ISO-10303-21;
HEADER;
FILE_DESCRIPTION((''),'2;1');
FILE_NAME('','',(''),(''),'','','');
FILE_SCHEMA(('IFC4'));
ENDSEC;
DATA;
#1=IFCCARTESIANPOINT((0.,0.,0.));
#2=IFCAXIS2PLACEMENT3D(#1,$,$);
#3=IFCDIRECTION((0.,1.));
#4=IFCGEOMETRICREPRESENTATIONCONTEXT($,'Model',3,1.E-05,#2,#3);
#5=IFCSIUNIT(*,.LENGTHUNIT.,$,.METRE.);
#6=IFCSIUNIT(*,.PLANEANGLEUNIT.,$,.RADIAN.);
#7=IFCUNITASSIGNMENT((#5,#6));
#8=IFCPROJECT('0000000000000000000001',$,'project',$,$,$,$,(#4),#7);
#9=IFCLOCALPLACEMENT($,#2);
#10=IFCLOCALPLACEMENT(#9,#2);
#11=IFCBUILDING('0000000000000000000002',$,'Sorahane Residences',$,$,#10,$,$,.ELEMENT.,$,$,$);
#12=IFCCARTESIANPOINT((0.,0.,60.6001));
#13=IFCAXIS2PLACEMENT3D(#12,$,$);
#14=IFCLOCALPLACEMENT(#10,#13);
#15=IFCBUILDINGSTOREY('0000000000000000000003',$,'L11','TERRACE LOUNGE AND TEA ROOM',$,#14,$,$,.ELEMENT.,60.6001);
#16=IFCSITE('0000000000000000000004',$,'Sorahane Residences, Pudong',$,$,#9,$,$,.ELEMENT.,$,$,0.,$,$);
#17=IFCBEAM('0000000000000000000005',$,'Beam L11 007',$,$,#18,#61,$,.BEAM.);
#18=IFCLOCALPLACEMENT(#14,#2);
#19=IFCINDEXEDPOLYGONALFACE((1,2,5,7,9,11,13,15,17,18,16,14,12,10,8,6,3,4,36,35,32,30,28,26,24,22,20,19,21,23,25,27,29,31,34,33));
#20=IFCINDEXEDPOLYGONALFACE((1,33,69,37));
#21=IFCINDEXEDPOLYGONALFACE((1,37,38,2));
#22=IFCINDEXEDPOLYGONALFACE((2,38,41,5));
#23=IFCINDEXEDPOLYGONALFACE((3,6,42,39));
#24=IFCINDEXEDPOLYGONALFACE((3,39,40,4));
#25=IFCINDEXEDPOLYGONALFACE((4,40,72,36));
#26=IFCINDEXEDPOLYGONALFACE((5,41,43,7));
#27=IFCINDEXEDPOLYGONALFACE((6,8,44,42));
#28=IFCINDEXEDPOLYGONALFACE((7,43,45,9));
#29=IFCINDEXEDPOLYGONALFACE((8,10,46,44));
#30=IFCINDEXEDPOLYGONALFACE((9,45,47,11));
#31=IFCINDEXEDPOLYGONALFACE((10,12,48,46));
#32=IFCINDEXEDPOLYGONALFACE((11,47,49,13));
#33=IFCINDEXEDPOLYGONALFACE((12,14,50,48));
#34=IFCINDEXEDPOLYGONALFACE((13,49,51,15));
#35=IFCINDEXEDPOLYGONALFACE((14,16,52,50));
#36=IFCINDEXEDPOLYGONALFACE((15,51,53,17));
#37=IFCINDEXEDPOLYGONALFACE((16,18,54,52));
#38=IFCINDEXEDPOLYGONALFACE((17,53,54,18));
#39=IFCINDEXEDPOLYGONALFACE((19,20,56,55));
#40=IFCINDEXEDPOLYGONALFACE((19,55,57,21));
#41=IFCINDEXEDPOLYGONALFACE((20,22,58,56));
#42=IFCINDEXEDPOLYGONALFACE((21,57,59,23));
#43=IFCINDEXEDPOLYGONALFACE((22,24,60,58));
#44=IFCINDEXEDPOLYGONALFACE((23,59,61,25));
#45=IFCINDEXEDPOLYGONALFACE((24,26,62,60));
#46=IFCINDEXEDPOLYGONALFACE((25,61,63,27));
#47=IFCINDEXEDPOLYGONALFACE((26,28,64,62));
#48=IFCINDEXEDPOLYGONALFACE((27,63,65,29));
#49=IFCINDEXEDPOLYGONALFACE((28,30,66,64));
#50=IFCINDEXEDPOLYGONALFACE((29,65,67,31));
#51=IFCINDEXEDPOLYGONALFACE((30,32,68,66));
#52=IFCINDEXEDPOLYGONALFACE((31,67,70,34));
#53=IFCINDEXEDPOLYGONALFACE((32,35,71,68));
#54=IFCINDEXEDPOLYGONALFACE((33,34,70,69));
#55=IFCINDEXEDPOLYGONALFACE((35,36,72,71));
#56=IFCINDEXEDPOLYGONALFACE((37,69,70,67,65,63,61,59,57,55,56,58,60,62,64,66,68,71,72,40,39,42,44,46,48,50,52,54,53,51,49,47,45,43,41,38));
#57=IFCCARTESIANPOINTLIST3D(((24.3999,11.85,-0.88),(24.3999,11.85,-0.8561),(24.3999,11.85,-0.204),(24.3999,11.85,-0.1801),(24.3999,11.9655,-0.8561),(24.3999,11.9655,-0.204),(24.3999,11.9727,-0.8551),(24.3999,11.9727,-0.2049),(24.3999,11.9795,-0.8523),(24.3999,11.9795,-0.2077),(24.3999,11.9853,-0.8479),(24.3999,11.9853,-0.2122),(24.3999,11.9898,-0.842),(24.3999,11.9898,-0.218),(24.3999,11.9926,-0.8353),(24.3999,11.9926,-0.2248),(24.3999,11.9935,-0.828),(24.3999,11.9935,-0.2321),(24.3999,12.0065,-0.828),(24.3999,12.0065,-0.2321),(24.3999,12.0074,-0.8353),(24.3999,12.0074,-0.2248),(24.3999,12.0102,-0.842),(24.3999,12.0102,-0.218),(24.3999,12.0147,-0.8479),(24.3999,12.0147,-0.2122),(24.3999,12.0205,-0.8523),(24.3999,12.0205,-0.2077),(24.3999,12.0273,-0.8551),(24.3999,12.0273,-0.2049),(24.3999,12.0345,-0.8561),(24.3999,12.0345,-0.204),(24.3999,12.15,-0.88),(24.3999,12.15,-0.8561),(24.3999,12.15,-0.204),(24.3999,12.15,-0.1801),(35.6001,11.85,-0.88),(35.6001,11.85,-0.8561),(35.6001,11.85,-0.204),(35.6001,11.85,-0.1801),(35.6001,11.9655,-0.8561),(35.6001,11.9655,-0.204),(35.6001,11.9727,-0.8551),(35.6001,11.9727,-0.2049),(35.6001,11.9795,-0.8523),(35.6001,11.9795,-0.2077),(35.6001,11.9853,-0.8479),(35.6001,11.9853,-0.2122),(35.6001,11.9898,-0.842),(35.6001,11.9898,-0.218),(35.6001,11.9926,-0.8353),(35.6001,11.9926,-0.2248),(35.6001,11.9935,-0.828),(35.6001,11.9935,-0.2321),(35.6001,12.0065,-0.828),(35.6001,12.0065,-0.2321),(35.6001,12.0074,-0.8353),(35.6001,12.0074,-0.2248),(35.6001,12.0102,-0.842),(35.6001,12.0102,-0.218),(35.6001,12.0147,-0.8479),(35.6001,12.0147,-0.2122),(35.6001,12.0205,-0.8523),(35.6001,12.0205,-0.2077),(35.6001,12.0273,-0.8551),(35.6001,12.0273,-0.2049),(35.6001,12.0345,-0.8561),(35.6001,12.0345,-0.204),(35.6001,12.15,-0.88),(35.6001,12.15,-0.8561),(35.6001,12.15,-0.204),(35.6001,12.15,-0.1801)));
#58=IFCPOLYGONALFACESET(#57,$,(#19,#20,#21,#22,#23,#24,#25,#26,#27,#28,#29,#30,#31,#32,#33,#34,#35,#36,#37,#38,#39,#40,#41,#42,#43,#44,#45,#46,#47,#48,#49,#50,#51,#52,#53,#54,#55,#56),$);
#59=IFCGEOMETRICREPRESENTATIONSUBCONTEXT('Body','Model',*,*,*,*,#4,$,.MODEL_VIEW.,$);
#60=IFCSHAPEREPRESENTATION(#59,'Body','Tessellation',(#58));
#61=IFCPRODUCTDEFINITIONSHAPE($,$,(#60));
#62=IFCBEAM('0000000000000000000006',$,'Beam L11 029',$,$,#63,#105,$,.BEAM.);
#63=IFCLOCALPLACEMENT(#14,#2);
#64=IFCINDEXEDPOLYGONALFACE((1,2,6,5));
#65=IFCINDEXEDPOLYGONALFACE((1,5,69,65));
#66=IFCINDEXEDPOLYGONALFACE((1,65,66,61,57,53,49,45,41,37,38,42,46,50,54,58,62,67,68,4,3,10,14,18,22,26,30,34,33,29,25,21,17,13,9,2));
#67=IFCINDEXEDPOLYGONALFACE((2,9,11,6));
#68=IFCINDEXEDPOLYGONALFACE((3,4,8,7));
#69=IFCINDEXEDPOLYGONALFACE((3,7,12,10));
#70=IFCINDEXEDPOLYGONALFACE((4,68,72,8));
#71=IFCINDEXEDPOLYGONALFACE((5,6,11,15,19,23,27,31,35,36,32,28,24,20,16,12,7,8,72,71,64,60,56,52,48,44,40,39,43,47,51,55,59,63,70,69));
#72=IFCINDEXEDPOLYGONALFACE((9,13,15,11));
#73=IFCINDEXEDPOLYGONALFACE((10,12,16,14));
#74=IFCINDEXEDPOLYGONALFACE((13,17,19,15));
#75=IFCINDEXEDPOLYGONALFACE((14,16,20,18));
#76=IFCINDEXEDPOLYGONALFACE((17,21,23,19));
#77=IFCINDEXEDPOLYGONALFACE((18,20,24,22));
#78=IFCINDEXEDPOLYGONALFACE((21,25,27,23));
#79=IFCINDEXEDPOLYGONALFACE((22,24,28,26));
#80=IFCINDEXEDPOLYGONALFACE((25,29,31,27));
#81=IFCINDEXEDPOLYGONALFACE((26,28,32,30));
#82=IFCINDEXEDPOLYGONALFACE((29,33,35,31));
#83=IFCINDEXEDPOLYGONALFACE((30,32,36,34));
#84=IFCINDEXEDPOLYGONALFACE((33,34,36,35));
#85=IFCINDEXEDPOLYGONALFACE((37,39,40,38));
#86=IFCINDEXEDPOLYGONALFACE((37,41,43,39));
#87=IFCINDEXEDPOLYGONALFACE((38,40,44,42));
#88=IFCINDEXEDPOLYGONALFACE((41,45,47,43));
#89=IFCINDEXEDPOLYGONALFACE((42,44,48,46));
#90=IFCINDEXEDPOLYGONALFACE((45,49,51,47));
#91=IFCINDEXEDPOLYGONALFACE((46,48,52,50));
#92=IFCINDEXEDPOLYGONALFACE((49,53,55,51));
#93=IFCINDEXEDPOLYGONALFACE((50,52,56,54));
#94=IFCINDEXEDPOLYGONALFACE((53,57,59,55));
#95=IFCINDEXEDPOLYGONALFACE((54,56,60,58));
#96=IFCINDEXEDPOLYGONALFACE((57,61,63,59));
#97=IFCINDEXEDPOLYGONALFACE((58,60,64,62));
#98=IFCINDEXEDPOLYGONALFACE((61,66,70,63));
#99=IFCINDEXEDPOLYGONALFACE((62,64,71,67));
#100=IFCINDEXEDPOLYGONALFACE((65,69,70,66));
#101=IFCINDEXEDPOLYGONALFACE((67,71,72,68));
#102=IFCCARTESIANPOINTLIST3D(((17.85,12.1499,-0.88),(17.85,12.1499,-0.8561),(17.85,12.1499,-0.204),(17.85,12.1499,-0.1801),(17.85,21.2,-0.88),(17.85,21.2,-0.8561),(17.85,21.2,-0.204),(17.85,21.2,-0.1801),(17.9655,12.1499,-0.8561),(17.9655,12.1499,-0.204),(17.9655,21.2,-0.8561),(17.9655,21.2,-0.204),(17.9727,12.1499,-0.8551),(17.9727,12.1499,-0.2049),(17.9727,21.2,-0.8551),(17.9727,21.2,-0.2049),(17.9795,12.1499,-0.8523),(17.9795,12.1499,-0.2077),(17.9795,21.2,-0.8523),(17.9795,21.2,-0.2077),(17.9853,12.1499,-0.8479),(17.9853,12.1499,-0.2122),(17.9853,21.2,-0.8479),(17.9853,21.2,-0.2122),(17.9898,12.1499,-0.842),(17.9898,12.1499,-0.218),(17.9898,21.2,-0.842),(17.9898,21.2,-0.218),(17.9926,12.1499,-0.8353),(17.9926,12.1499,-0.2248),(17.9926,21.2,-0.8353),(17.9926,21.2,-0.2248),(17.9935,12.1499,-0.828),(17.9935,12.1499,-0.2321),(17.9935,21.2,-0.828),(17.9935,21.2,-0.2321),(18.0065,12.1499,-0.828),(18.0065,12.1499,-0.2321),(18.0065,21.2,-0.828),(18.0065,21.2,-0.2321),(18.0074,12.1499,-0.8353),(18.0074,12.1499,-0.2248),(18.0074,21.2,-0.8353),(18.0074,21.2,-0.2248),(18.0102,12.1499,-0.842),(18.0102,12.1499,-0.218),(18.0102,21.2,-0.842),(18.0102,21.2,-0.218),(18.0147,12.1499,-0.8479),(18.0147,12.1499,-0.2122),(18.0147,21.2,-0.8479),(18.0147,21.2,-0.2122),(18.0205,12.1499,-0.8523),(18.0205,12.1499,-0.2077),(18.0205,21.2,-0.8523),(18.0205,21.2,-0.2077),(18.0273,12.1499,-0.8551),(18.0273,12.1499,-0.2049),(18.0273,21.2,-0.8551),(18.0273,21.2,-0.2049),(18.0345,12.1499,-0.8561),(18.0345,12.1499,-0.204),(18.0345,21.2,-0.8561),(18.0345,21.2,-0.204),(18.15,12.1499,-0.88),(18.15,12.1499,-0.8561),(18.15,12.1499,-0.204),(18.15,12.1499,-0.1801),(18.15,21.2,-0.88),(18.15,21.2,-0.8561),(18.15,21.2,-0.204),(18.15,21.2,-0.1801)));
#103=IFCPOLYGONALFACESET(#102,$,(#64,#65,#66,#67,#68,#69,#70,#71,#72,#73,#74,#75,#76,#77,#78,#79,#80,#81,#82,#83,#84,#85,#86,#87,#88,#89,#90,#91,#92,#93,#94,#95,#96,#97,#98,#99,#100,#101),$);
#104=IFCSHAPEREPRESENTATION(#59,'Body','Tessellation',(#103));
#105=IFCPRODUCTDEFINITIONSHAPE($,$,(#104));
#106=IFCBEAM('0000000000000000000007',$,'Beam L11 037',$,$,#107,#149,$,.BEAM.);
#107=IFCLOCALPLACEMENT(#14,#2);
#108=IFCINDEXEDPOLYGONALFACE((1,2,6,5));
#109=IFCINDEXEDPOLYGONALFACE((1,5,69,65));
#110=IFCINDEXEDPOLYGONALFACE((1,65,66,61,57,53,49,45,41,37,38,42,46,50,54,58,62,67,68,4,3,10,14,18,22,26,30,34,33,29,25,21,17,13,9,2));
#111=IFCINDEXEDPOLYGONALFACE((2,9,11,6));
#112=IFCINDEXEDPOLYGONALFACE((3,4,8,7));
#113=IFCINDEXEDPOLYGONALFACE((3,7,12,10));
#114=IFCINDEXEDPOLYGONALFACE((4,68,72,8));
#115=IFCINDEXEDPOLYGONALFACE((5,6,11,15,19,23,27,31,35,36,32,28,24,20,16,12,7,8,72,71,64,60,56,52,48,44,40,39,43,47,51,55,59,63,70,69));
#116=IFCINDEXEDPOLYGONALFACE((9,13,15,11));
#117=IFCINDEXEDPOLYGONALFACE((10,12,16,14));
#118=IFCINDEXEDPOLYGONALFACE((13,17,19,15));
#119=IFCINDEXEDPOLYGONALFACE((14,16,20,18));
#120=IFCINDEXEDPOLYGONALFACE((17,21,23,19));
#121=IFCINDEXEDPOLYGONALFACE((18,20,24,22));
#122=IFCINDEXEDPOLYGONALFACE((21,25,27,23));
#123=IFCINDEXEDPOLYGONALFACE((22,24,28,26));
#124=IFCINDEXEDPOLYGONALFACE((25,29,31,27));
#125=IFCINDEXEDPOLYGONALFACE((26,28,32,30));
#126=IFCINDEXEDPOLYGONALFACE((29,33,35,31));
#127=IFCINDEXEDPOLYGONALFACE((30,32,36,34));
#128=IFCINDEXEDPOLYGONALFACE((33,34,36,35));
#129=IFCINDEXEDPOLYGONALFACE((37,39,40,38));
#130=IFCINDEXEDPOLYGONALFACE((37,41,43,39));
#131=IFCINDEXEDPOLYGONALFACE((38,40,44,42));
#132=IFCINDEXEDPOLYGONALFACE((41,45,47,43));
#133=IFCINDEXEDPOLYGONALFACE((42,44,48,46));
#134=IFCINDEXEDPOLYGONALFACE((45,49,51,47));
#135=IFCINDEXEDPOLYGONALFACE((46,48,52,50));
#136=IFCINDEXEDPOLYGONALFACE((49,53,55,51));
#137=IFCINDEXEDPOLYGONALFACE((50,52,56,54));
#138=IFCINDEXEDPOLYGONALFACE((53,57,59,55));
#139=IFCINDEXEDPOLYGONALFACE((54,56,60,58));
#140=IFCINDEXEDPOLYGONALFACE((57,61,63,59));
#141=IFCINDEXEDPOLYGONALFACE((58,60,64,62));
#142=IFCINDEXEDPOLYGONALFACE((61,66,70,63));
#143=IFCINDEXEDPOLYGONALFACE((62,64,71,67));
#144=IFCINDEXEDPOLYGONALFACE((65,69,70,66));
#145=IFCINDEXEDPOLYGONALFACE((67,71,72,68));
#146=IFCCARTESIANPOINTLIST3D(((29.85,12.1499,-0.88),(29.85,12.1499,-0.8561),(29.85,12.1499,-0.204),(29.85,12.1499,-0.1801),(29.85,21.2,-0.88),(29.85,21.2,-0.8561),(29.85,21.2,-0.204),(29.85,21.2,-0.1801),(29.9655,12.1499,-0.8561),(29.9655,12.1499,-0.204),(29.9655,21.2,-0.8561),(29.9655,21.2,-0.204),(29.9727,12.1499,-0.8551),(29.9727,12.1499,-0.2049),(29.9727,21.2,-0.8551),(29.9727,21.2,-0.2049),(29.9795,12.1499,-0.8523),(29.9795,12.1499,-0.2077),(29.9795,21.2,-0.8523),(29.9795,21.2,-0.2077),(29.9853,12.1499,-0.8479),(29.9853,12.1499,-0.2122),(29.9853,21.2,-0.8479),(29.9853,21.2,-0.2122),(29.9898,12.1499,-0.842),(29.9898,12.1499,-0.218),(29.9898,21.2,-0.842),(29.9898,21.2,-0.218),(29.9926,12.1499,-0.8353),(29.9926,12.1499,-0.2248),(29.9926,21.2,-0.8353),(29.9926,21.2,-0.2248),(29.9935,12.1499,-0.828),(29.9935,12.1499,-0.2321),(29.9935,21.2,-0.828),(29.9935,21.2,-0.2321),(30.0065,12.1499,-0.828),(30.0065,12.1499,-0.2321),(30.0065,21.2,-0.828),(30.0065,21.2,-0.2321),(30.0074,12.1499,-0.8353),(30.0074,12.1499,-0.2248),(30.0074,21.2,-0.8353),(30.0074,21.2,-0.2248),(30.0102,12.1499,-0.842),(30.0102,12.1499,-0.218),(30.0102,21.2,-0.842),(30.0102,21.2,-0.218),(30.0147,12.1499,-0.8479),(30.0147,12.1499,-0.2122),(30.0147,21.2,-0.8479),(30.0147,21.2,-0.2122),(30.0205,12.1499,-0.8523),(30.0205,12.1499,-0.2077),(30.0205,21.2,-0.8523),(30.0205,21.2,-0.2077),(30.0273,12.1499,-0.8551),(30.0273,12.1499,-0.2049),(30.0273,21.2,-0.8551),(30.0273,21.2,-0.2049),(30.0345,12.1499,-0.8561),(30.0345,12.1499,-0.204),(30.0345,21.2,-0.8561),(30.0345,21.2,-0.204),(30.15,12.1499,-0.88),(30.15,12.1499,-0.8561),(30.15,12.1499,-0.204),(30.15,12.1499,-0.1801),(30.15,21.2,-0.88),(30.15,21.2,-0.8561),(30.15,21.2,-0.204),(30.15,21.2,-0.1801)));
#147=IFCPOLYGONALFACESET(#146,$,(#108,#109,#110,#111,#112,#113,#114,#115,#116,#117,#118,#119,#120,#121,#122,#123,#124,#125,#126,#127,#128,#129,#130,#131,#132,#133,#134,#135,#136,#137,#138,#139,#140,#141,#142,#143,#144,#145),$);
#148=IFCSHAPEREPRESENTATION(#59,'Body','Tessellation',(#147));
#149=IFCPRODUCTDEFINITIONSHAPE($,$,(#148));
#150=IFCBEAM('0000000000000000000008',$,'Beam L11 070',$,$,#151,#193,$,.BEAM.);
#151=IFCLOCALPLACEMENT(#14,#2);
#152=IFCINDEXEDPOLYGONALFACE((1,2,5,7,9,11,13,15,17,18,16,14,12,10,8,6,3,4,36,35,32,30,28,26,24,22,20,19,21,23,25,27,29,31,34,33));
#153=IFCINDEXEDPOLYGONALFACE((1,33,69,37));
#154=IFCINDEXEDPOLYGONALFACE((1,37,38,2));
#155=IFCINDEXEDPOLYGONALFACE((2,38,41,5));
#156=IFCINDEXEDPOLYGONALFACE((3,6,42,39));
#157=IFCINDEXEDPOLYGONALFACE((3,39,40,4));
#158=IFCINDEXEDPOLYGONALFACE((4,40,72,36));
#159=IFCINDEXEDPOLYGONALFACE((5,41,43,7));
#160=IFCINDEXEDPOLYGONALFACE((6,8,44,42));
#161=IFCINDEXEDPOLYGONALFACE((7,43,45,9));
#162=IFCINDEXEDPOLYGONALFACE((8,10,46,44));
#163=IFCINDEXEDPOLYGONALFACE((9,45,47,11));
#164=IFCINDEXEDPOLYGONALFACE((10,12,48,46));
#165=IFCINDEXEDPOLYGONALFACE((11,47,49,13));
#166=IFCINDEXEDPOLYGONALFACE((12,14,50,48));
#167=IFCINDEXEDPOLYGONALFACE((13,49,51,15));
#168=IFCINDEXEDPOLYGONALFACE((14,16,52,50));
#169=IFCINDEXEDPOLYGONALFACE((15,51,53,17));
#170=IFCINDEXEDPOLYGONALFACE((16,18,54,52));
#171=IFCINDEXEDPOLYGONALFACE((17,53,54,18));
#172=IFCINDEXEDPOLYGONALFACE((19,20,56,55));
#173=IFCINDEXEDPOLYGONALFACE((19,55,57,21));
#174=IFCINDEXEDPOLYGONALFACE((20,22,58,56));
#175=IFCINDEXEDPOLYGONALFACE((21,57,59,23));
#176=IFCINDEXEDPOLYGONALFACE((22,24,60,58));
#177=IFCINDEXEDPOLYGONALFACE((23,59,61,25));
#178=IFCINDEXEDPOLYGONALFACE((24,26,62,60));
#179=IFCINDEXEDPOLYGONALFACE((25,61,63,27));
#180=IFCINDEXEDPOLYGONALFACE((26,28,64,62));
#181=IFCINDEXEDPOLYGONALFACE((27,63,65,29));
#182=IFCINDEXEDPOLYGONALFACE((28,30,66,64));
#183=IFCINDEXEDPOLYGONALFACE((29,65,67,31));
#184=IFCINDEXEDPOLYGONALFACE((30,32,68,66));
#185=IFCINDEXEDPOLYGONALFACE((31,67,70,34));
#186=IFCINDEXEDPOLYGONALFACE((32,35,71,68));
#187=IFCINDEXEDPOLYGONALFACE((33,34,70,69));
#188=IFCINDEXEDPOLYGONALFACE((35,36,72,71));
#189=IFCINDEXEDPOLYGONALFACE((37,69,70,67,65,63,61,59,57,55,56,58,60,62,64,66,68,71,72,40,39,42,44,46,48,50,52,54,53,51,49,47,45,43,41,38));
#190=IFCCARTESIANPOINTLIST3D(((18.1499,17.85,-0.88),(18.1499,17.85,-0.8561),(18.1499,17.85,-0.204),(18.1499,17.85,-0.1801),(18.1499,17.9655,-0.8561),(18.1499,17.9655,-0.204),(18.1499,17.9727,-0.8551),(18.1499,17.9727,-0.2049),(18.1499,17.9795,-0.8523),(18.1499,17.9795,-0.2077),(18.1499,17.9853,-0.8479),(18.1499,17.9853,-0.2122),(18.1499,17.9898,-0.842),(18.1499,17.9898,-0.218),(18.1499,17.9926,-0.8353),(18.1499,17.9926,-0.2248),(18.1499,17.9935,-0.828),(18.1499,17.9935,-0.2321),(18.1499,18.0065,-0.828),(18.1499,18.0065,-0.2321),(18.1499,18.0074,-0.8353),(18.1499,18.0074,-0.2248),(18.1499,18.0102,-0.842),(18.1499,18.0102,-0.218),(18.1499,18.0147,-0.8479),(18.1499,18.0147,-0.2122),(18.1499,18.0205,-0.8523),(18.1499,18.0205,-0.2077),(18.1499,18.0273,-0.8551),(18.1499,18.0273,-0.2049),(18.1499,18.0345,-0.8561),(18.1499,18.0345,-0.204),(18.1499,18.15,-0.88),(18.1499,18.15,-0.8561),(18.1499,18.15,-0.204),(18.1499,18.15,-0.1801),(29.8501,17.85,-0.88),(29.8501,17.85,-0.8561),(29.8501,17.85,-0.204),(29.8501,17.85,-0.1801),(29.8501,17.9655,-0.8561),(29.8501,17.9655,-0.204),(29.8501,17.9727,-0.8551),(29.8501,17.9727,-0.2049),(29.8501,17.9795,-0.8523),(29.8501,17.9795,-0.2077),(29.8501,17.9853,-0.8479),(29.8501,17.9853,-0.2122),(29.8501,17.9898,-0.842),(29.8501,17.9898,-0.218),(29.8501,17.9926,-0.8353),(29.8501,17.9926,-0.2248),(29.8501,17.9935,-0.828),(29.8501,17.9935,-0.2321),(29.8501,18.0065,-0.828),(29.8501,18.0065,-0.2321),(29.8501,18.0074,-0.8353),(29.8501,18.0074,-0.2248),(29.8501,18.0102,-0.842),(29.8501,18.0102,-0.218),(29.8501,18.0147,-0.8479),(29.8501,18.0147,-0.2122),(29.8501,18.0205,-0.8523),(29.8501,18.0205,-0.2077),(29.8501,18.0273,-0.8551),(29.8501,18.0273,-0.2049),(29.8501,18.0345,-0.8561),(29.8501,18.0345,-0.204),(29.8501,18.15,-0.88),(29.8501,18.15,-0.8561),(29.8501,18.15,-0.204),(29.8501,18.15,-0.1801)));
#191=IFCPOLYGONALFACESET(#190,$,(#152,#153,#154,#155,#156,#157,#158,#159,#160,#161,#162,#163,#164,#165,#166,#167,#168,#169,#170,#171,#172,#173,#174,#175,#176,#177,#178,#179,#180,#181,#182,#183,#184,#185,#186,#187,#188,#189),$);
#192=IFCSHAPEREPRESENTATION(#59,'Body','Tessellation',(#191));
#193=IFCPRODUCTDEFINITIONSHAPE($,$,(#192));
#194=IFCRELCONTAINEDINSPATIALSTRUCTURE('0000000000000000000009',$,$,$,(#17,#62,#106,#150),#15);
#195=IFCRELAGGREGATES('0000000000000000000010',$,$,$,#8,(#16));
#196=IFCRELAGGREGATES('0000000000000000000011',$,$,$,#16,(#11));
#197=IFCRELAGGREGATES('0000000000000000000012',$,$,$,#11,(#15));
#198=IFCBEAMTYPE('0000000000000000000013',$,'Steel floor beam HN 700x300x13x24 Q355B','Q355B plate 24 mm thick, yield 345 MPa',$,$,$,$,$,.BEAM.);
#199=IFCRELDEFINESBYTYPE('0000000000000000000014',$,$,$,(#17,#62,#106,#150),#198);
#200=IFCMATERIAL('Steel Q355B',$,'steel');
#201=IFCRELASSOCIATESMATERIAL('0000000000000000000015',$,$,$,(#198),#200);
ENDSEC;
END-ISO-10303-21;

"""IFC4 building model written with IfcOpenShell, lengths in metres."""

from ifc_helpers import new_model, si_unit, direction, frame, origin, origin_2d, place, context, subcontext, project, spatial, i_section, extrude, material, material_profile, profile_set, type_object, element, save


model = new_model("IFC4")

# Units and contexts
model_context = context("Model", 3, precision=1e-05, world=origin(), true_north=direction((0.0, 1.0)))
body_context = subcontext(model_context, "Body", "Model", "MODEL_VIEW")
ifc_project = project(units=[si_unit("LENGTHUNIT", "METRE"), si_unit("PLANEANGLEUNIT", "RADIAN")], contexts=[model_context])

# Site, building, storey
site_placement = place(None, origin())
site = spatial("IfcSite", under=ifc_project, at=site_placement, Name="Sorahane Residences, Pudong", CompositionType="ELEMENT", RefElevation=0.0)
building_placement = place(site_placement, origin())
building = spatial("IfcBuilding", under=site, at=building_placement, Name="Sorahane Residences", CompositionType="ELEMENT")
storey_placement = place(building_placement, frame((0.0, 0.0, 60.6001)))
storey = spatial("IfcBuildingStorey", under=building, at=storey_placement, Name="L11", Description="TERRACE LOUNGE AND TEA ROOM", CompositionType="ELEMENT", Elevation=60.6001)

# Beams
ifc_material_1 = material(Name="Steel Q355B", Category="steel")
ifc_material_profile_1 = material_profile(ifc_material_1, i_section(OverallWidth=0.3, OverallDepth=0.7, WebThickness=0.0129, FlangeThickness=0.0239, FilletRadius=0.0281, at=origin_2d()), Name="HN 700x300x13x24")
ifc_profile_set_1 = profile_set([ifc_material_profile_1], Name="Steel Q355B")
beam_type_1 = type_object("IfcBeamType", Name="Steel floor beam HN 700x300x13x24 Q355B", Description="Q355B plate 24 mm thick, yield 345 MPa", PredefinedType="BEAM", material=ifc_profile_set_1)
beam_1_placement = place(storey_placement, frame((24.3999, 12.0, -0.53), z_axis=(1.0, 0.0, 0.0), x_axis=(0.0, 1.0, 0.0)))
element("IfcBeam", 1, at=beam_1_placement, inside=storey, type_object=beam_type_1, Name="Beam L11 007", PredefinedType="BEAM", context=body_context, shape_type="SweptSolid", body=[
    extrude(i_section(OverallWidth=0.3, OverallDepth=0.7, WebThickness=0.0129, FlangeThickness=0.0239, FilletRadius=0.0281, at=origin_2d()), origin(), (0.0, 0.0, 1.0), 11.2002),
])
for number, where, z_axis, x_axis, name in (
    (2, (18.0, 12.1499, -0.53), (0.0, 1.0, 0.0), (-1.0, 0.0, 0.0), "Beam L11 029"),
    (3, (30.0, 12.1499, -0.53), (0.0, 1.0, 0.0), (-1.0, 0.0, 0.0), "Beam L11 037"),
):
    element("IfcBeam", number, at=place(storey_placement, frame(where, z_axis=z_axis, x_axis=x_axis)), inside=storey, type_object=beam_type_1, Name=name, PredefinedType="BEAM", context=body_context, shape_type="SweptSolid", body=[
        extrude(i_section(OverallWidth=0.3, OverallDepth=0.7, WebThickness=0.0129, FlangeThickness=0.0239, FilletRadius=0.0281, at=origin_2d()), origin(), (0.0, 0.0, 1.0), 9.05),
    ])
beam_2_placement = place(storey_placement, frame((18.1499, 18.0, -0.53), z_axis=(1.0, 0.0, 0.0), x_axis=(0.0, 1.0, 0.0)))
element("IfcBeam", 4, at=beam_2_placement, inside=storey, type_object=beam_type_1, Name="Beam L11 070", PredefinedType="BEAM", context=body_context, shape_type="SweptSolid", body=[
    extrude(i_section(OverallWidth=0.3, OverallDepth=0.7, WebThickness=0.0129, FlangeThickness=0.0239, FilletRadius=0.0281, at=origin_2d()), origin(), (0.0, 0.0, 1.0), 11.7002),
])

save(model, "model.ifc")
